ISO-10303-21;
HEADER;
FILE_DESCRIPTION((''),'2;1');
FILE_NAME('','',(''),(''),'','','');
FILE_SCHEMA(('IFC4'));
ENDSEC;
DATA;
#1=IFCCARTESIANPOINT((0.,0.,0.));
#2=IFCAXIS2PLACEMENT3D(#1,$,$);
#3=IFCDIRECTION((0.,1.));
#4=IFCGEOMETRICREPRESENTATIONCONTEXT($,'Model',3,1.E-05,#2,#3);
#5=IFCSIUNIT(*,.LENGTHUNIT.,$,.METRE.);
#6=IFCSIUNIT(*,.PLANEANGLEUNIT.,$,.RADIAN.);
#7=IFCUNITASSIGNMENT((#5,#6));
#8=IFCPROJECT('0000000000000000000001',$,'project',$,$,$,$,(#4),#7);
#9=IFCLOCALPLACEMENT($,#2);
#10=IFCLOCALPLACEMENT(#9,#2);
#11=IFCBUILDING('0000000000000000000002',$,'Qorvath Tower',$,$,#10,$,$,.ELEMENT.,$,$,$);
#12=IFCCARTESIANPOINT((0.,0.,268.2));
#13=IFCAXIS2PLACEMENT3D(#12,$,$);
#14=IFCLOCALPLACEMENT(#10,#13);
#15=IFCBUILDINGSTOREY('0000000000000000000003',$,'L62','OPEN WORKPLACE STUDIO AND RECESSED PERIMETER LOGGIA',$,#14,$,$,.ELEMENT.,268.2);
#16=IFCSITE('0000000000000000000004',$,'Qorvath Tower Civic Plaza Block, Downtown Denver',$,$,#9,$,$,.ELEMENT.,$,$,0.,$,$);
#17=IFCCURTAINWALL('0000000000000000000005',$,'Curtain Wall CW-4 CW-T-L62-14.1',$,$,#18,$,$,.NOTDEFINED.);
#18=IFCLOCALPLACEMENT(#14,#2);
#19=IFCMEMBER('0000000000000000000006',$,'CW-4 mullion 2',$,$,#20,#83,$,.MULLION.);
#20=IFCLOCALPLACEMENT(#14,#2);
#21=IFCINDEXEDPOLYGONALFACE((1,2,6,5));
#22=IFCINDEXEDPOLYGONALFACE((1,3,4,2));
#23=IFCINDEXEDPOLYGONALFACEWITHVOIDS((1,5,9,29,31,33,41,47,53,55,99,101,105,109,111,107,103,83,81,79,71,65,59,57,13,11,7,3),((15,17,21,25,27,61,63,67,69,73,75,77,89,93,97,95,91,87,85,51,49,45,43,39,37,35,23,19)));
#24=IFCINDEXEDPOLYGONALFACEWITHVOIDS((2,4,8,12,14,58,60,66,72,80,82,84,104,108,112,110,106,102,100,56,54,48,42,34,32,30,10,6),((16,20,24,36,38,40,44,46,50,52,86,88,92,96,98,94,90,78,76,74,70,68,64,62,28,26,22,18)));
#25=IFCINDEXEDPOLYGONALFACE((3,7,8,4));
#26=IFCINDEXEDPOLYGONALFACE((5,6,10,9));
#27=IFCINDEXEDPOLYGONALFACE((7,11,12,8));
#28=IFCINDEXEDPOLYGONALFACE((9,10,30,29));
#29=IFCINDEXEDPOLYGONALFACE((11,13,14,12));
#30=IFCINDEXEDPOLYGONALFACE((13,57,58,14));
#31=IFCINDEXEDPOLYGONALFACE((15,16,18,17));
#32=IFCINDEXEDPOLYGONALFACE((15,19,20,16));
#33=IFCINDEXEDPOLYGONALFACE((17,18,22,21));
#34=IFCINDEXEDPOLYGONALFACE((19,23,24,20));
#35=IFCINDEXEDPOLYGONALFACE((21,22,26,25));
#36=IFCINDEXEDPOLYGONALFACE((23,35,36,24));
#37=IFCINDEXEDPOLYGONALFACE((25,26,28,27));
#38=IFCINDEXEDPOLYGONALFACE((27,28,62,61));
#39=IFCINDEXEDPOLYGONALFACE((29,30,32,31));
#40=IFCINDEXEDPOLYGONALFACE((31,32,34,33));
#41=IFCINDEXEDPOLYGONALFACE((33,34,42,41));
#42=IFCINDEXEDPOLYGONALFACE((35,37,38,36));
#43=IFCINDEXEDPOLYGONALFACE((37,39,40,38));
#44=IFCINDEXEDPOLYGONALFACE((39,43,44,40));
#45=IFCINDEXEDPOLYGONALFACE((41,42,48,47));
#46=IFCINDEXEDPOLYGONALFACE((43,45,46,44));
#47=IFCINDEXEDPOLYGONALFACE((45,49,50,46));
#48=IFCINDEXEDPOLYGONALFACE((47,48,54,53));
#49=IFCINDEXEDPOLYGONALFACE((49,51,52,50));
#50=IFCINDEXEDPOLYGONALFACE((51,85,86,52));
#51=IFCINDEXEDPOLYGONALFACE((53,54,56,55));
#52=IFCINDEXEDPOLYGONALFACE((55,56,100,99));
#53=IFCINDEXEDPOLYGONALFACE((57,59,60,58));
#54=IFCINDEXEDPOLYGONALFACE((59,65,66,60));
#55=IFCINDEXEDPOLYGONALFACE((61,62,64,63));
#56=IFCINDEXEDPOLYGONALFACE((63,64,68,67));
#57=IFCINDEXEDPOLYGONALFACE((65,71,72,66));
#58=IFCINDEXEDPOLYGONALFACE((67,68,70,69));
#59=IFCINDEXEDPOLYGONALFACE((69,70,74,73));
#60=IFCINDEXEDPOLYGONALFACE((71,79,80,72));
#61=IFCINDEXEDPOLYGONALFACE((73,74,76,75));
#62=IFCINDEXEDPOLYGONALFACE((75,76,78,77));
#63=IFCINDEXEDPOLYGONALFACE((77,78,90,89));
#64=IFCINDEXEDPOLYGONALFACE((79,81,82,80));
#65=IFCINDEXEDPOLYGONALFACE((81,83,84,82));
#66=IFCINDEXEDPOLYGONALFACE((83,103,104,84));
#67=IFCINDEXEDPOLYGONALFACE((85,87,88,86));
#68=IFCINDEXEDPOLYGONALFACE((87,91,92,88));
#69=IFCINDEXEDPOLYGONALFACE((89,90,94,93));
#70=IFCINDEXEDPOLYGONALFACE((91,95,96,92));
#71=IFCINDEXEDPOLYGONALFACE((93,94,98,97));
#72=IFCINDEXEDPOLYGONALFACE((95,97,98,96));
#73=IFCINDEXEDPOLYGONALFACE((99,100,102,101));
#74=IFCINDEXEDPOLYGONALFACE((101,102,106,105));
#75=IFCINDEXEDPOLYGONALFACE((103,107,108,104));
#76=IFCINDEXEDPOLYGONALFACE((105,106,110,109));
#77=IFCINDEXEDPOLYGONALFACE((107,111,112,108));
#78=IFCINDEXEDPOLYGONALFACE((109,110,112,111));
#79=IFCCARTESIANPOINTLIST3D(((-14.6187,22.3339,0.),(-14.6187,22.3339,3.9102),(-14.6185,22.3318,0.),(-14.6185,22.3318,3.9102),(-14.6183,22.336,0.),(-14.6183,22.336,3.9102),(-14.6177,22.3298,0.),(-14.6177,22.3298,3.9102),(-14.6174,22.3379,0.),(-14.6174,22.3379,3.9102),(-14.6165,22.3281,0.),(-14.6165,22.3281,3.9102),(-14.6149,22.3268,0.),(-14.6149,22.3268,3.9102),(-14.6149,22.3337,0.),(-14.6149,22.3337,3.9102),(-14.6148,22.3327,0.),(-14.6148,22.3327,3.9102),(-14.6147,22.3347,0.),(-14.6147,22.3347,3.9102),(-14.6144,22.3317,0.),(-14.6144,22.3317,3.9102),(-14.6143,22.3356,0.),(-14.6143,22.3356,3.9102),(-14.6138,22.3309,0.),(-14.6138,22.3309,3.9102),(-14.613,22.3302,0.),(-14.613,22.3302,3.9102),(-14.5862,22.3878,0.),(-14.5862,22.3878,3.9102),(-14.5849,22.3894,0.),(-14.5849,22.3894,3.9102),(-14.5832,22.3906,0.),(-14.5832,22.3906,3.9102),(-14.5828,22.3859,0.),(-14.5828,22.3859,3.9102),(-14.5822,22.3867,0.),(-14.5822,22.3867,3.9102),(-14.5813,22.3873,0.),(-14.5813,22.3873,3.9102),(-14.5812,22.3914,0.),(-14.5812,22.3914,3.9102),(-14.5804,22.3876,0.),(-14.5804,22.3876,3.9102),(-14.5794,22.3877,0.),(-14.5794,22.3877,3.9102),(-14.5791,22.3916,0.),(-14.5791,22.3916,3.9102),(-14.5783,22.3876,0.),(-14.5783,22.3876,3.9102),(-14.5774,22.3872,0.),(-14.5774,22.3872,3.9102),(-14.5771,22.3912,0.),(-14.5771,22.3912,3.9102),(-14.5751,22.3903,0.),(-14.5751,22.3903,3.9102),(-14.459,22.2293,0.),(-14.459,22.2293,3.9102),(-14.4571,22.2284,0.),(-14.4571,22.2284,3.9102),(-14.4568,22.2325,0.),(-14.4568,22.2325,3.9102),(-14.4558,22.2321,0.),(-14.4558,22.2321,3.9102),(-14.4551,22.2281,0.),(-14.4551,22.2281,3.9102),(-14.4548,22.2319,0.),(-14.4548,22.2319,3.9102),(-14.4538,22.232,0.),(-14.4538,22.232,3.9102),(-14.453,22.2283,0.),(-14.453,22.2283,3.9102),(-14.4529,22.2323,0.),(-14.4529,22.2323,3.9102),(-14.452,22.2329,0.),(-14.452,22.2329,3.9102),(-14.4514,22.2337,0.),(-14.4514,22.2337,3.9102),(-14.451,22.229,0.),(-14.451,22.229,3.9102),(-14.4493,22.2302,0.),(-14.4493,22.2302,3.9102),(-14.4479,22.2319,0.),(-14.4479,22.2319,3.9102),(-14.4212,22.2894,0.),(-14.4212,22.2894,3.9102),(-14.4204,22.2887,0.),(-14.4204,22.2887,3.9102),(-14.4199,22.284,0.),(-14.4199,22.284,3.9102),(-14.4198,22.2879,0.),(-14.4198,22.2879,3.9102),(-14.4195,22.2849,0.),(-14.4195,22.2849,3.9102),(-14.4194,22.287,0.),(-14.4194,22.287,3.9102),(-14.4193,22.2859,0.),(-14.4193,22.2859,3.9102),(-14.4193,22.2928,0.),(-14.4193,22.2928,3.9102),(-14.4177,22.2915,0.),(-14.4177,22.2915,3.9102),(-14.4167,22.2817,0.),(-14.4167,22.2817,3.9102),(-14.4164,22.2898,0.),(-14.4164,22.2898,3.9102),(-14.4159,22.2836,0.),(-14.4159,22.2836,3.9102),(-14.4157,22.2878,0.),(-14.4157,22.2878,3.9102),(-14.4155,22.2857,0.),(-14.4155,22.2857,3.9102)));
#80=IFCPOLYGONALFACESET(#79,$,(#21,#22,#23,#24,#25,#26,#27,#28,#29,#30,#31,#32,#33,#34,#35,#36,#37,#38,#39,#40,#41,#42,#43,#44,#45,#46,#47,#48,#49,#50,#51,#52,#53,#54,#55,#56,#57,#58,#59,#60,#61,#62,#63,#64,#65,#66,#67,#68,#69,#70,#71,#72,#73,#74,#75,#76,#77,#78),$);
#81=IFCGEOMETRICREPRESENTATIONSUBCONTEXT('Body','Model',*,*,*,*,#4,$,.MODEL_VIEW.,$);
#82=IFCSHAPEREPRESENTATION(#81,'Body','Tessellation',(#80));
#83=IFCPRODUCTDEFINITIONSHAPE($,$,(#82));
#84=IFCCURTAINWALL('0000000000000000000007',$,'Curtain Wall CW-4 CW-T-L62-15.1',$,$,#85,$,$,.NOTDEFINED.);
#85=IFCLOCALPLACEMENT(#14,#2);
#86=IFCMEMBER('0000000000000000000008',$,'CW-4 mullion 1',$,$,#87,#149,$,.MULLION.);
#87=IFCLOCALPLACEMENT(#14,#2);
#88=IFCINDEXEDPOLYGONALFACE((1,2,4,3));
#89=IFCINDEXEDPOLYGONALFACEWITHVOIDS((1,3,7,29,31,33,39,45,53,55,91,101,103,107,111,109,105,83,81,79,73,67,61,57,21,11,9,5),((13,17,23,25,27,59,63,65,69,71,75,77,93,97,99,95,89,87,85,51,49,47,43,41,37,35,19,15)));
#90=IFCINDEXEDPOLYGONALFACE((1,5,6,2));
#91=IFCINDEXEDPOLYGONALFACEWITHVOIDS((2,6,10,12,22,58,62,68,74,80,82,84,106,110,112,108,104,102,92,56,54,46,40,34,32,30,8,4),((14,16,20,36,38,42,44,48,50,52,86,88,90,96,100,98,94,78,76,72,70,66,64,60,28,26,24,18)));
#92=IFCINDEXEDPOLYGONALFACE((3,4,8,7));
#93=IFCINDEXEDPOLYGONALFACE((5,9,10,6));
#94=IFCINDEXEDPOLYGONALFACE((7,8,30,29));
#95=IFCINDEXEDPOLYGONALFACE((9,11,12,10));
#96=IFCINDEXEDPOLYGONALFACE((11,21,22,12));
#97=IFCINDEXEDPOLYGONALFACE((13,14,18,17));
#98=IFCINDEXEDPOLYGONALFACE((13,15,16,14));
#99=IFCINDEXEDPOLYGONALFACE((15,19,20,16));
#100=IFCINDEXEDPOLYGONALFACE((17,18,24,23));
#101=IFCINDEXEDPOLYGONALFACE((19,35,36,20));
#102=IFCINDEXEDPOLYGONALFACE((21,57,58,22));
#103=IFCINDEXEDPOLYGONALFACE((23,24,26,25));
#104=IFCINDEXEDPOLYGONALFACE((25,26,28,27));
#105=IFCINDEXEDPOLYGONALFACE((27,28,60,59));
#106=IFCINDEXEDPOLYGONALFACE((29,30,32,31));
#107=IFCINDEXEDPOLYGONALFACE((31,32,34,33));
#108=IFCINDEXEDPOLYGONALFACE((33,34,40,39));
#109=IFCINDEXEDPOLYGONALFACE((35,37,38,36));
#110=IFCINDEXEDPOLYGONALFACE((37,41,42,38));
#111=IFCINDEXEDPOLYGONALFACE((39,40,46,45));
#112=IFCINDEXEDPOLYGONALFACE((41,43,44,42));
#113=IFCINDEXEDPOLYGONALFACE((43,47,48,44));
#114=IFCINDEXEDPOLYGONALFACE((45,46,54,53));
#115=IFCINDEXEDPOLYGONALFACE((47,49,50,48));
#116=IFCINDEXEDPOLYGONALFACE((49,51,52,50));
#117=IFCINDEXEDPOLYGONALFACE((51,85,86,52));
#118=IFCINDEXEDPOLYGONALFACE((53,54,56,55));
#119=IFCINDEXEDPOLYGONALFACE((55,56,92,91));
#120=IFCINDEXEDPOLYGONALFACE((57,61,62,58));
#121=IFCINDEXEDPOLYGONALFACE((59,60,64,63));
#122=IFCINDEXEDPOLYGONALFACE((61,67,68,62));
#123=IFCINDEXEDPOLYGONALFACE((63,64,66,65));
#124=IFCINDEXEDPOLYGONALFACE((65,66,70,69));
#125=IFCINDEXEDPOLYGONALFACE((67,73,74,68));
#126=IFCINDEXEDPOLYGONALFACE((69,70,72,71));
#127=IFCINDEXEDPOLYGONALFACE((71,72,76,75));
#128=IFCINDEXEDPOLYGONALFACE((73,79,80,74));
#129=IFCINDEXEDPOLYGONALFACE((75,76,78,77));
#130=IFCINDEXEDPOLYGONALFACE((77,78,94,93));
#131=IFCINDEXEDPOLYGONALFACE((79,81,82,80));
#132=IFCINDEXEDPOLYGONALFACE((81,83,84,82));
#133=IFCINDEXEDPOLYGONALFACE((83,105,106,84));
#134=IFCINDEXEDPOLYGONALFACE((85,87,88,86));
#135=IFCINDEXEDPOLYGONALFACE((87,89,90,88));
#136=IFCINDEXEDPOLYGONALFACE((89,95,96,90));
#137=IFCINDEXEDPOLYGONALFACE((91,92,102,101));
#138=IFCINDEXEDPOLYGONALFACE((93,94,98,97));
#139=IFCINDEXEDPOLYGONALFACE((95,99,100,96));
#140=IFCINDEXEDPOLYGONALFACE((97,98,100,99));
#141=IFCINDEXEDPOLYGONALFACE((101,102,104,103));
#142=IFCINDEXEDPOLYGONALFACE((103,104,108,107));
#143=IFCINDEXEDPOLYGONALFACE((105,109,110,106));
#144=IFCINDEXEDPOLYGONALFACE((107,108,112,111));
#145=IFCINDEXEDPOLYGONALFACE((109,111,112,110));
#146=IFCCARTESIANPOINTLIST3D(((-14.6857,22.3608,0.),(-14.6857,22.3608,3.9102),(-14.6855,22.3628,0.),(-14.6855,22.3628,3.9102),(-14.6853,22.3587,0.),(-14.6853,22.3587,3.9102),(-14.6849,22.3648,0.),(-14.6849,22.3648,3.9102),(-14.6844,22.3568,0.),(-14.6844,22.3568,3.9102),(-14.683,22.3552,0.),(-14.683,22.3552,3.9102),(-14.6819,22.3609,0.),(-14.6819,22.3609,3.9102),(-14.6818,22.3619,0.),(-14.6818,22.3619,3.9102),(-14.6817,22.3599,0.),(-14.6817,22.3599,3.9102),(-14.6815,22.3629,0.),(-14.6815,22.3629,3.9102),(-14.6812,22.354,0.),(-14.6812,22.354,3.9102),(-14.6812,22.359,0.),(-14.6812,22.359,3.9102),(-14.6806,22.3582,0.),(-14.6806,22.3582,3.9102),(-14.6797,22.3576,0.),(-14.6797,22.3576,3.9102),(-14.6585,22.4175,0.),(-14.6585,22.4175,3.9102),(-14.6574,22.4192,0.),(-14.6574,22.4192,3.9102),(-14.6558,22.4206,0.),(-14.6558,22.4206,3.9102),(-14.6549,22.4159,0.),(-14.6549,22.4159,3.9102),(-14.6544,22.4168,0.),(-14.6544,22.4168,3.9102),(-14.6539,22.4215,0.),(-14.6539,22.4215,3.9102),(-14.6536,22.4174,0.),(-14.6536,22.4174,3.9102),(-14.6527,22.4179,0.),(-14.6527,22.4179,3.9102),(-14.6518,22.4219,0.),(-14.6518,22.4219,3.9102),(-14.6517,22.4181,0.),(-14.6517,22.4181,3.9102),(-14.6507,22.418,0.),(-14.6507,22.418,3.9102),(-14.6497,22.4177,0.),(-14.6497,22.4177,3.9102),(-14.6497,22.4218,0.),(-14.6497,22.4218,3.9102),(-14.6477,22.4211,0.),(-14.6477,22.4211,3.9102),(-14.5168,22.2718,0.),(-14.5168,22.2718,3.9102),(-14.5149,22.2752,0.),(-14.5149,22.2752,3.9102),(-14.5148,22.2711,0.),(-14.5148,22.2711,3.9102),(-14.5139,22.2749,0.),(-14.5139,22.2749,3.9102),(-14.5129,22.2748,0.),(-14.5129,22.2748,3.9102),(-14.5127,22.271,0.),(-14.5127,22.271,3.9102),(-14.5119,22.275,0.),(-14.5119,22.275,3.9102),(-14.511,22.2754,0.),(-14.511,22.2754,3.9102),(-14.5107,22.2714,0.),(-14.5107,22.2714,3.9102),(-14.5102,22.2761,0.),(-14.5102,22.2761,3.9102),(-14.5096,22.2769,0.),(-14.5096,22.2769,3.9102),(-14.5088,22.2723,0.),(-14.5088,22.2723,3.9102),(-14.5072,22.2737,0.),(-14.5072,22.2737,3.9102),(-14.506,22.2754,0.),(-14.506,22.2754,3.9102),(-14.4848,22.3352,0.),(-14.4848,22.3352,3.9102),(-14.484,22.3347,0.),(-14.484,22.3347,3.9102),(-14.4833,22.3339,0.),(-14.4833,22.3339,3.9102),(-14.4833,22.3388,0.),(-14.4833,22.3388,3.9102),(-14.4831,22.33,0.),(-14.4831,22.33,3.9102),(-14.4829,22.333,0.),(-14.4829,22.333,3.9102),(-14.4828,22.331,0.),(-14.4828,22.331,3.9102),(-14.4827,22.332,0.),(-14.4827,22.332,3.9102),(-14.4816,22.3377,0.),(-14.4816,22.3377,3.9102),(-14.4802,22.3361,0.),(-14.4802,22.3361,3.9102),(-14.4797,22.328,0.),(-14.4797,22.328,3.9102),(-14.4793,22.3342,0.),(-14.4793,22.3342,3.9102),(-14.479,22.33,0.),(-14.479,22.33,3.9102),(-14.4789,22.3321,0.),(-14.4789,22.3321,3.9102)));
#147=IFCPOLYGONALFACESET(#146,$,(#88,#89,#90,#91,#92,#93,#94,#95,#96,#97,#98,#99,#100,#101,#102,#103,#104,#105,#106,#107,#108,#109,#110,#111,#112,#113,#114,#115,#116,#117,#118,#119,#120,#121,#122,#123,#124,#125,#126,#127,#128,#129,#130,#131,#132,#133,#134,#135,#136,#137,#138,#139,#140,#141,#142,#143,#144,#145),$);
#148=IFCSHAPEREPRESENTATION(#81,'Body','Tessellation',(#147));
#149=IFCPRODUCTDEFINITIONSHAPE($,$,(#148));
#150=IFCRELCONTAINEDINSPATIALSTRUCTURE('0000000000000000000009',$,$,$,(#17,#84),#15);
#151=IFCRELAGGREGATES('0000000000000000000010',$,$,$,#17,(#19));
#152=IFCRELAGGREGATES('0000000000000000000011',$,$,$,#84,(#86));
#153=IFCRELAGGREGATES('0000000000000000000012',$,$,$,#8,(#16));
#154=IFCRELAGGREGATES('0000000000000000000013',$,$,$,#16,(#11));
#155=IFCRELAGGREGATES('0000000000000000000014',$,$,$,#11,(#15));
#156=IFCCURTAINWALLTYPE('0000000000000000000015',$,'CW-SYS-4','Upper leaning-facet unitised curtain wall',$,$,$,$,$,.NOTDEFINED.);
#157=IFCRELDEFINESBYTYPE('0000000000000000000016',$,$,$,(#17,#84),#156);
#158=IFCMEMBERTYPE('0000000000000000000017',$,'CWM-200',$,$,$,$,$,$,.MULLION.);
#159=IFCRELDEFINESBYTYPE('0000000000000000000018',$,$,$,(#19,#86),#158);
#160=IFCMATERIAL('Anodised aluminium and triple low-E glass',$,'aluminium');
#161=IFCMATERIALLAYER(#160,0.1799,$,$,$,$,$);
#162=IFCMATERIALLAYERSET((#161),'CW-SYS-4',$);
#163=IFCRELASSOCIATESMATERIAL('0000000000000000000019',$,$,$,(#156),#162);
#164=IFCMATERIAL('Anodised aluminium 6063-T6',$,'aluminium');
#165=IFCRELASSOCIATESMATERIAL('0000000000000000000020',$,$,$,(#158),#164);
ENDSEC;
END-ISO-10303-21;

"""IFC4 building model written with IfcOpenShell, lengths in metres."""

from ifc_helpers import new_model, si_unit, direction, frame, origin, origin_2d, place, context, subcontext, project, spatial, hollow_rectangle, extrude, material, layer, layer_set, material_profile, profile_set, type_object, element, aggregate, save


model = new_model("IFC4")

# Units and contexts
model_context = context("Model", 3, precision=1e-05, world=origin(), true_north=direction((0.0, 1.0)))
body_context = subcontext(model_context, "Body", "Model", "MODEL_VIEW")
ifc_project = project(units=[si_unit("LENGTHUNIT", "METRE"), si_unit("PLANEANGLEUNIT", "RADIAN")], contexts=[model_context])

# Site, building, storey
site_placement = place(None, origin())
site = spatial("IfcSite", under=ifc_project, at=site_placement, Name="Qorvath Tower Civic Plaza Block, Downtown Denver", CompositionType="ELEMENT", RefElevation=0.0)
building_placement = place(site_placement, origin())
building = spatial("IfcBuilding", under=site, at=building_placement, Name="Qorvath Tower", CompositionType="ELEMENT")
storey_placement = place(building_placement, frame((0.0, 0.0, 268.2)))
storey = spatial("IfcBuildingStorey", under=building, at=storey_placement, Name="L62", Description="OPEN WORKPLACE STUDIO AND RECESSED PERIMETER LOGGIA", CompositionType="ELEMENT", Elevation=268.2)

# Curtain wall, member
ifc_material_1 = material(Name="Anodised aluminium and triple low-E glass", Category="aluminium")
ifc_layer_1 = layer(ifc_material_1, 0.1799)
ifc_layer_set_1 = layer_set([ifc_layer_1], Name="CW-SYS-4")
curtain_wall_type = type_object("IfcCurtainWallType", Name="CW-SYS-4", Description="Upper leaning-facet unitised curtain wall", PredefinedType="NOTDEFINED", material=ifc_layer_set_1)
curtain_wall_1_placement = place(storey_placement, origin())
curtain_wall_1 = element("IfcCurtainWall", 1, at=curtain_wall_1_placement, inside=storey, type_object=curtain_wall_type, Name="Curtain Wall CW-4 CW-T-L62-14.1", PredefinedType="NOTDEFINED")
ifc_material_2 = material(Name="Anodised aluminium 6063-T6", Category="aluminium")
ifc_material_profile_1 = material_profile(ifc_material_2, hollow_rectangle(XDim=0.075, YDim=0.2, WallThickness=0.0039, InnerFilletRadius=0.0039, OuterFilletRadius=0.0081, at=origin_2d()), Name="CWM 200x75")
ifc_profile_set_1 = profile_set([ifc_material_profile_1], Name="Anodised aluminium 6063-T6")
member_type_1 = type_object("IfcMemberType", Name="CWM-200", PredefinedType="MULLION", material=ifc_profile_set_1)
member_1_placement = place(storey_placement, frame((-14.5171, 22.3098, 0.0), z_axis=(0.0, 0.0, 1.0), x_axis=(-0.530363, -0.847771, 0.0)))
member_1 = element("IfcMember", 2, at=member_1_placement, type_object=member_type_1, Name="CW-4 mullion 2", PredefinedType="MULLION", context=body_context, shape_type="SweptSolid", body=[
    extrude(hollow_rectangle(XDim=0.075, YDim=0.2, WallThickness=0.0039, InnerFilletRadius=0.0039, OuterFilletRadius=0.0081, at=origin_2d()), origin(), (0.0, 0.0, 1.0), 3.9102),
])

# Curtain wall, member
curtain_wall_2_placement = place(storey_placement, origin())
curtain_wall_2 = element("IfcCurtainWall", 3, at=curtain_wall_2_placement, inside=storey, type_object=curtain_wall_type, Name="Curtain Wall CW-4 CW-T-L62-15.1", PredefinedType="NOTDEFINED")
member_2_placement = place(storey_placement, frame((-14.5823, 22.3464, 0.0), z_axis=(0.0, 0.0, 1.0), x_axis=(-0.447245, -0.894412, 0.0)))
member_2 = element("IfcMember", 4, at=member_2_placement, type_object=member_type_1, Name="CW-4 mullion 1", PredefinedType="MULLION", context=body_context, shape_type="SweptSolid", body=[
    extrude(hollow_rectangle(XDim=0.075, YDim=0.2, WallThickness=0.0039, InnerFilletRadius=0.0039, OuterFilletRadius=0.0081, at=origin_2d()), origin(), (0.0, 0.0, 1.0), 3.9102),
])

aggregate(curtain_wall_1, [member_1])
aggregate(curtain_wall_2, [member_2])

save(model, "model.ifc")
